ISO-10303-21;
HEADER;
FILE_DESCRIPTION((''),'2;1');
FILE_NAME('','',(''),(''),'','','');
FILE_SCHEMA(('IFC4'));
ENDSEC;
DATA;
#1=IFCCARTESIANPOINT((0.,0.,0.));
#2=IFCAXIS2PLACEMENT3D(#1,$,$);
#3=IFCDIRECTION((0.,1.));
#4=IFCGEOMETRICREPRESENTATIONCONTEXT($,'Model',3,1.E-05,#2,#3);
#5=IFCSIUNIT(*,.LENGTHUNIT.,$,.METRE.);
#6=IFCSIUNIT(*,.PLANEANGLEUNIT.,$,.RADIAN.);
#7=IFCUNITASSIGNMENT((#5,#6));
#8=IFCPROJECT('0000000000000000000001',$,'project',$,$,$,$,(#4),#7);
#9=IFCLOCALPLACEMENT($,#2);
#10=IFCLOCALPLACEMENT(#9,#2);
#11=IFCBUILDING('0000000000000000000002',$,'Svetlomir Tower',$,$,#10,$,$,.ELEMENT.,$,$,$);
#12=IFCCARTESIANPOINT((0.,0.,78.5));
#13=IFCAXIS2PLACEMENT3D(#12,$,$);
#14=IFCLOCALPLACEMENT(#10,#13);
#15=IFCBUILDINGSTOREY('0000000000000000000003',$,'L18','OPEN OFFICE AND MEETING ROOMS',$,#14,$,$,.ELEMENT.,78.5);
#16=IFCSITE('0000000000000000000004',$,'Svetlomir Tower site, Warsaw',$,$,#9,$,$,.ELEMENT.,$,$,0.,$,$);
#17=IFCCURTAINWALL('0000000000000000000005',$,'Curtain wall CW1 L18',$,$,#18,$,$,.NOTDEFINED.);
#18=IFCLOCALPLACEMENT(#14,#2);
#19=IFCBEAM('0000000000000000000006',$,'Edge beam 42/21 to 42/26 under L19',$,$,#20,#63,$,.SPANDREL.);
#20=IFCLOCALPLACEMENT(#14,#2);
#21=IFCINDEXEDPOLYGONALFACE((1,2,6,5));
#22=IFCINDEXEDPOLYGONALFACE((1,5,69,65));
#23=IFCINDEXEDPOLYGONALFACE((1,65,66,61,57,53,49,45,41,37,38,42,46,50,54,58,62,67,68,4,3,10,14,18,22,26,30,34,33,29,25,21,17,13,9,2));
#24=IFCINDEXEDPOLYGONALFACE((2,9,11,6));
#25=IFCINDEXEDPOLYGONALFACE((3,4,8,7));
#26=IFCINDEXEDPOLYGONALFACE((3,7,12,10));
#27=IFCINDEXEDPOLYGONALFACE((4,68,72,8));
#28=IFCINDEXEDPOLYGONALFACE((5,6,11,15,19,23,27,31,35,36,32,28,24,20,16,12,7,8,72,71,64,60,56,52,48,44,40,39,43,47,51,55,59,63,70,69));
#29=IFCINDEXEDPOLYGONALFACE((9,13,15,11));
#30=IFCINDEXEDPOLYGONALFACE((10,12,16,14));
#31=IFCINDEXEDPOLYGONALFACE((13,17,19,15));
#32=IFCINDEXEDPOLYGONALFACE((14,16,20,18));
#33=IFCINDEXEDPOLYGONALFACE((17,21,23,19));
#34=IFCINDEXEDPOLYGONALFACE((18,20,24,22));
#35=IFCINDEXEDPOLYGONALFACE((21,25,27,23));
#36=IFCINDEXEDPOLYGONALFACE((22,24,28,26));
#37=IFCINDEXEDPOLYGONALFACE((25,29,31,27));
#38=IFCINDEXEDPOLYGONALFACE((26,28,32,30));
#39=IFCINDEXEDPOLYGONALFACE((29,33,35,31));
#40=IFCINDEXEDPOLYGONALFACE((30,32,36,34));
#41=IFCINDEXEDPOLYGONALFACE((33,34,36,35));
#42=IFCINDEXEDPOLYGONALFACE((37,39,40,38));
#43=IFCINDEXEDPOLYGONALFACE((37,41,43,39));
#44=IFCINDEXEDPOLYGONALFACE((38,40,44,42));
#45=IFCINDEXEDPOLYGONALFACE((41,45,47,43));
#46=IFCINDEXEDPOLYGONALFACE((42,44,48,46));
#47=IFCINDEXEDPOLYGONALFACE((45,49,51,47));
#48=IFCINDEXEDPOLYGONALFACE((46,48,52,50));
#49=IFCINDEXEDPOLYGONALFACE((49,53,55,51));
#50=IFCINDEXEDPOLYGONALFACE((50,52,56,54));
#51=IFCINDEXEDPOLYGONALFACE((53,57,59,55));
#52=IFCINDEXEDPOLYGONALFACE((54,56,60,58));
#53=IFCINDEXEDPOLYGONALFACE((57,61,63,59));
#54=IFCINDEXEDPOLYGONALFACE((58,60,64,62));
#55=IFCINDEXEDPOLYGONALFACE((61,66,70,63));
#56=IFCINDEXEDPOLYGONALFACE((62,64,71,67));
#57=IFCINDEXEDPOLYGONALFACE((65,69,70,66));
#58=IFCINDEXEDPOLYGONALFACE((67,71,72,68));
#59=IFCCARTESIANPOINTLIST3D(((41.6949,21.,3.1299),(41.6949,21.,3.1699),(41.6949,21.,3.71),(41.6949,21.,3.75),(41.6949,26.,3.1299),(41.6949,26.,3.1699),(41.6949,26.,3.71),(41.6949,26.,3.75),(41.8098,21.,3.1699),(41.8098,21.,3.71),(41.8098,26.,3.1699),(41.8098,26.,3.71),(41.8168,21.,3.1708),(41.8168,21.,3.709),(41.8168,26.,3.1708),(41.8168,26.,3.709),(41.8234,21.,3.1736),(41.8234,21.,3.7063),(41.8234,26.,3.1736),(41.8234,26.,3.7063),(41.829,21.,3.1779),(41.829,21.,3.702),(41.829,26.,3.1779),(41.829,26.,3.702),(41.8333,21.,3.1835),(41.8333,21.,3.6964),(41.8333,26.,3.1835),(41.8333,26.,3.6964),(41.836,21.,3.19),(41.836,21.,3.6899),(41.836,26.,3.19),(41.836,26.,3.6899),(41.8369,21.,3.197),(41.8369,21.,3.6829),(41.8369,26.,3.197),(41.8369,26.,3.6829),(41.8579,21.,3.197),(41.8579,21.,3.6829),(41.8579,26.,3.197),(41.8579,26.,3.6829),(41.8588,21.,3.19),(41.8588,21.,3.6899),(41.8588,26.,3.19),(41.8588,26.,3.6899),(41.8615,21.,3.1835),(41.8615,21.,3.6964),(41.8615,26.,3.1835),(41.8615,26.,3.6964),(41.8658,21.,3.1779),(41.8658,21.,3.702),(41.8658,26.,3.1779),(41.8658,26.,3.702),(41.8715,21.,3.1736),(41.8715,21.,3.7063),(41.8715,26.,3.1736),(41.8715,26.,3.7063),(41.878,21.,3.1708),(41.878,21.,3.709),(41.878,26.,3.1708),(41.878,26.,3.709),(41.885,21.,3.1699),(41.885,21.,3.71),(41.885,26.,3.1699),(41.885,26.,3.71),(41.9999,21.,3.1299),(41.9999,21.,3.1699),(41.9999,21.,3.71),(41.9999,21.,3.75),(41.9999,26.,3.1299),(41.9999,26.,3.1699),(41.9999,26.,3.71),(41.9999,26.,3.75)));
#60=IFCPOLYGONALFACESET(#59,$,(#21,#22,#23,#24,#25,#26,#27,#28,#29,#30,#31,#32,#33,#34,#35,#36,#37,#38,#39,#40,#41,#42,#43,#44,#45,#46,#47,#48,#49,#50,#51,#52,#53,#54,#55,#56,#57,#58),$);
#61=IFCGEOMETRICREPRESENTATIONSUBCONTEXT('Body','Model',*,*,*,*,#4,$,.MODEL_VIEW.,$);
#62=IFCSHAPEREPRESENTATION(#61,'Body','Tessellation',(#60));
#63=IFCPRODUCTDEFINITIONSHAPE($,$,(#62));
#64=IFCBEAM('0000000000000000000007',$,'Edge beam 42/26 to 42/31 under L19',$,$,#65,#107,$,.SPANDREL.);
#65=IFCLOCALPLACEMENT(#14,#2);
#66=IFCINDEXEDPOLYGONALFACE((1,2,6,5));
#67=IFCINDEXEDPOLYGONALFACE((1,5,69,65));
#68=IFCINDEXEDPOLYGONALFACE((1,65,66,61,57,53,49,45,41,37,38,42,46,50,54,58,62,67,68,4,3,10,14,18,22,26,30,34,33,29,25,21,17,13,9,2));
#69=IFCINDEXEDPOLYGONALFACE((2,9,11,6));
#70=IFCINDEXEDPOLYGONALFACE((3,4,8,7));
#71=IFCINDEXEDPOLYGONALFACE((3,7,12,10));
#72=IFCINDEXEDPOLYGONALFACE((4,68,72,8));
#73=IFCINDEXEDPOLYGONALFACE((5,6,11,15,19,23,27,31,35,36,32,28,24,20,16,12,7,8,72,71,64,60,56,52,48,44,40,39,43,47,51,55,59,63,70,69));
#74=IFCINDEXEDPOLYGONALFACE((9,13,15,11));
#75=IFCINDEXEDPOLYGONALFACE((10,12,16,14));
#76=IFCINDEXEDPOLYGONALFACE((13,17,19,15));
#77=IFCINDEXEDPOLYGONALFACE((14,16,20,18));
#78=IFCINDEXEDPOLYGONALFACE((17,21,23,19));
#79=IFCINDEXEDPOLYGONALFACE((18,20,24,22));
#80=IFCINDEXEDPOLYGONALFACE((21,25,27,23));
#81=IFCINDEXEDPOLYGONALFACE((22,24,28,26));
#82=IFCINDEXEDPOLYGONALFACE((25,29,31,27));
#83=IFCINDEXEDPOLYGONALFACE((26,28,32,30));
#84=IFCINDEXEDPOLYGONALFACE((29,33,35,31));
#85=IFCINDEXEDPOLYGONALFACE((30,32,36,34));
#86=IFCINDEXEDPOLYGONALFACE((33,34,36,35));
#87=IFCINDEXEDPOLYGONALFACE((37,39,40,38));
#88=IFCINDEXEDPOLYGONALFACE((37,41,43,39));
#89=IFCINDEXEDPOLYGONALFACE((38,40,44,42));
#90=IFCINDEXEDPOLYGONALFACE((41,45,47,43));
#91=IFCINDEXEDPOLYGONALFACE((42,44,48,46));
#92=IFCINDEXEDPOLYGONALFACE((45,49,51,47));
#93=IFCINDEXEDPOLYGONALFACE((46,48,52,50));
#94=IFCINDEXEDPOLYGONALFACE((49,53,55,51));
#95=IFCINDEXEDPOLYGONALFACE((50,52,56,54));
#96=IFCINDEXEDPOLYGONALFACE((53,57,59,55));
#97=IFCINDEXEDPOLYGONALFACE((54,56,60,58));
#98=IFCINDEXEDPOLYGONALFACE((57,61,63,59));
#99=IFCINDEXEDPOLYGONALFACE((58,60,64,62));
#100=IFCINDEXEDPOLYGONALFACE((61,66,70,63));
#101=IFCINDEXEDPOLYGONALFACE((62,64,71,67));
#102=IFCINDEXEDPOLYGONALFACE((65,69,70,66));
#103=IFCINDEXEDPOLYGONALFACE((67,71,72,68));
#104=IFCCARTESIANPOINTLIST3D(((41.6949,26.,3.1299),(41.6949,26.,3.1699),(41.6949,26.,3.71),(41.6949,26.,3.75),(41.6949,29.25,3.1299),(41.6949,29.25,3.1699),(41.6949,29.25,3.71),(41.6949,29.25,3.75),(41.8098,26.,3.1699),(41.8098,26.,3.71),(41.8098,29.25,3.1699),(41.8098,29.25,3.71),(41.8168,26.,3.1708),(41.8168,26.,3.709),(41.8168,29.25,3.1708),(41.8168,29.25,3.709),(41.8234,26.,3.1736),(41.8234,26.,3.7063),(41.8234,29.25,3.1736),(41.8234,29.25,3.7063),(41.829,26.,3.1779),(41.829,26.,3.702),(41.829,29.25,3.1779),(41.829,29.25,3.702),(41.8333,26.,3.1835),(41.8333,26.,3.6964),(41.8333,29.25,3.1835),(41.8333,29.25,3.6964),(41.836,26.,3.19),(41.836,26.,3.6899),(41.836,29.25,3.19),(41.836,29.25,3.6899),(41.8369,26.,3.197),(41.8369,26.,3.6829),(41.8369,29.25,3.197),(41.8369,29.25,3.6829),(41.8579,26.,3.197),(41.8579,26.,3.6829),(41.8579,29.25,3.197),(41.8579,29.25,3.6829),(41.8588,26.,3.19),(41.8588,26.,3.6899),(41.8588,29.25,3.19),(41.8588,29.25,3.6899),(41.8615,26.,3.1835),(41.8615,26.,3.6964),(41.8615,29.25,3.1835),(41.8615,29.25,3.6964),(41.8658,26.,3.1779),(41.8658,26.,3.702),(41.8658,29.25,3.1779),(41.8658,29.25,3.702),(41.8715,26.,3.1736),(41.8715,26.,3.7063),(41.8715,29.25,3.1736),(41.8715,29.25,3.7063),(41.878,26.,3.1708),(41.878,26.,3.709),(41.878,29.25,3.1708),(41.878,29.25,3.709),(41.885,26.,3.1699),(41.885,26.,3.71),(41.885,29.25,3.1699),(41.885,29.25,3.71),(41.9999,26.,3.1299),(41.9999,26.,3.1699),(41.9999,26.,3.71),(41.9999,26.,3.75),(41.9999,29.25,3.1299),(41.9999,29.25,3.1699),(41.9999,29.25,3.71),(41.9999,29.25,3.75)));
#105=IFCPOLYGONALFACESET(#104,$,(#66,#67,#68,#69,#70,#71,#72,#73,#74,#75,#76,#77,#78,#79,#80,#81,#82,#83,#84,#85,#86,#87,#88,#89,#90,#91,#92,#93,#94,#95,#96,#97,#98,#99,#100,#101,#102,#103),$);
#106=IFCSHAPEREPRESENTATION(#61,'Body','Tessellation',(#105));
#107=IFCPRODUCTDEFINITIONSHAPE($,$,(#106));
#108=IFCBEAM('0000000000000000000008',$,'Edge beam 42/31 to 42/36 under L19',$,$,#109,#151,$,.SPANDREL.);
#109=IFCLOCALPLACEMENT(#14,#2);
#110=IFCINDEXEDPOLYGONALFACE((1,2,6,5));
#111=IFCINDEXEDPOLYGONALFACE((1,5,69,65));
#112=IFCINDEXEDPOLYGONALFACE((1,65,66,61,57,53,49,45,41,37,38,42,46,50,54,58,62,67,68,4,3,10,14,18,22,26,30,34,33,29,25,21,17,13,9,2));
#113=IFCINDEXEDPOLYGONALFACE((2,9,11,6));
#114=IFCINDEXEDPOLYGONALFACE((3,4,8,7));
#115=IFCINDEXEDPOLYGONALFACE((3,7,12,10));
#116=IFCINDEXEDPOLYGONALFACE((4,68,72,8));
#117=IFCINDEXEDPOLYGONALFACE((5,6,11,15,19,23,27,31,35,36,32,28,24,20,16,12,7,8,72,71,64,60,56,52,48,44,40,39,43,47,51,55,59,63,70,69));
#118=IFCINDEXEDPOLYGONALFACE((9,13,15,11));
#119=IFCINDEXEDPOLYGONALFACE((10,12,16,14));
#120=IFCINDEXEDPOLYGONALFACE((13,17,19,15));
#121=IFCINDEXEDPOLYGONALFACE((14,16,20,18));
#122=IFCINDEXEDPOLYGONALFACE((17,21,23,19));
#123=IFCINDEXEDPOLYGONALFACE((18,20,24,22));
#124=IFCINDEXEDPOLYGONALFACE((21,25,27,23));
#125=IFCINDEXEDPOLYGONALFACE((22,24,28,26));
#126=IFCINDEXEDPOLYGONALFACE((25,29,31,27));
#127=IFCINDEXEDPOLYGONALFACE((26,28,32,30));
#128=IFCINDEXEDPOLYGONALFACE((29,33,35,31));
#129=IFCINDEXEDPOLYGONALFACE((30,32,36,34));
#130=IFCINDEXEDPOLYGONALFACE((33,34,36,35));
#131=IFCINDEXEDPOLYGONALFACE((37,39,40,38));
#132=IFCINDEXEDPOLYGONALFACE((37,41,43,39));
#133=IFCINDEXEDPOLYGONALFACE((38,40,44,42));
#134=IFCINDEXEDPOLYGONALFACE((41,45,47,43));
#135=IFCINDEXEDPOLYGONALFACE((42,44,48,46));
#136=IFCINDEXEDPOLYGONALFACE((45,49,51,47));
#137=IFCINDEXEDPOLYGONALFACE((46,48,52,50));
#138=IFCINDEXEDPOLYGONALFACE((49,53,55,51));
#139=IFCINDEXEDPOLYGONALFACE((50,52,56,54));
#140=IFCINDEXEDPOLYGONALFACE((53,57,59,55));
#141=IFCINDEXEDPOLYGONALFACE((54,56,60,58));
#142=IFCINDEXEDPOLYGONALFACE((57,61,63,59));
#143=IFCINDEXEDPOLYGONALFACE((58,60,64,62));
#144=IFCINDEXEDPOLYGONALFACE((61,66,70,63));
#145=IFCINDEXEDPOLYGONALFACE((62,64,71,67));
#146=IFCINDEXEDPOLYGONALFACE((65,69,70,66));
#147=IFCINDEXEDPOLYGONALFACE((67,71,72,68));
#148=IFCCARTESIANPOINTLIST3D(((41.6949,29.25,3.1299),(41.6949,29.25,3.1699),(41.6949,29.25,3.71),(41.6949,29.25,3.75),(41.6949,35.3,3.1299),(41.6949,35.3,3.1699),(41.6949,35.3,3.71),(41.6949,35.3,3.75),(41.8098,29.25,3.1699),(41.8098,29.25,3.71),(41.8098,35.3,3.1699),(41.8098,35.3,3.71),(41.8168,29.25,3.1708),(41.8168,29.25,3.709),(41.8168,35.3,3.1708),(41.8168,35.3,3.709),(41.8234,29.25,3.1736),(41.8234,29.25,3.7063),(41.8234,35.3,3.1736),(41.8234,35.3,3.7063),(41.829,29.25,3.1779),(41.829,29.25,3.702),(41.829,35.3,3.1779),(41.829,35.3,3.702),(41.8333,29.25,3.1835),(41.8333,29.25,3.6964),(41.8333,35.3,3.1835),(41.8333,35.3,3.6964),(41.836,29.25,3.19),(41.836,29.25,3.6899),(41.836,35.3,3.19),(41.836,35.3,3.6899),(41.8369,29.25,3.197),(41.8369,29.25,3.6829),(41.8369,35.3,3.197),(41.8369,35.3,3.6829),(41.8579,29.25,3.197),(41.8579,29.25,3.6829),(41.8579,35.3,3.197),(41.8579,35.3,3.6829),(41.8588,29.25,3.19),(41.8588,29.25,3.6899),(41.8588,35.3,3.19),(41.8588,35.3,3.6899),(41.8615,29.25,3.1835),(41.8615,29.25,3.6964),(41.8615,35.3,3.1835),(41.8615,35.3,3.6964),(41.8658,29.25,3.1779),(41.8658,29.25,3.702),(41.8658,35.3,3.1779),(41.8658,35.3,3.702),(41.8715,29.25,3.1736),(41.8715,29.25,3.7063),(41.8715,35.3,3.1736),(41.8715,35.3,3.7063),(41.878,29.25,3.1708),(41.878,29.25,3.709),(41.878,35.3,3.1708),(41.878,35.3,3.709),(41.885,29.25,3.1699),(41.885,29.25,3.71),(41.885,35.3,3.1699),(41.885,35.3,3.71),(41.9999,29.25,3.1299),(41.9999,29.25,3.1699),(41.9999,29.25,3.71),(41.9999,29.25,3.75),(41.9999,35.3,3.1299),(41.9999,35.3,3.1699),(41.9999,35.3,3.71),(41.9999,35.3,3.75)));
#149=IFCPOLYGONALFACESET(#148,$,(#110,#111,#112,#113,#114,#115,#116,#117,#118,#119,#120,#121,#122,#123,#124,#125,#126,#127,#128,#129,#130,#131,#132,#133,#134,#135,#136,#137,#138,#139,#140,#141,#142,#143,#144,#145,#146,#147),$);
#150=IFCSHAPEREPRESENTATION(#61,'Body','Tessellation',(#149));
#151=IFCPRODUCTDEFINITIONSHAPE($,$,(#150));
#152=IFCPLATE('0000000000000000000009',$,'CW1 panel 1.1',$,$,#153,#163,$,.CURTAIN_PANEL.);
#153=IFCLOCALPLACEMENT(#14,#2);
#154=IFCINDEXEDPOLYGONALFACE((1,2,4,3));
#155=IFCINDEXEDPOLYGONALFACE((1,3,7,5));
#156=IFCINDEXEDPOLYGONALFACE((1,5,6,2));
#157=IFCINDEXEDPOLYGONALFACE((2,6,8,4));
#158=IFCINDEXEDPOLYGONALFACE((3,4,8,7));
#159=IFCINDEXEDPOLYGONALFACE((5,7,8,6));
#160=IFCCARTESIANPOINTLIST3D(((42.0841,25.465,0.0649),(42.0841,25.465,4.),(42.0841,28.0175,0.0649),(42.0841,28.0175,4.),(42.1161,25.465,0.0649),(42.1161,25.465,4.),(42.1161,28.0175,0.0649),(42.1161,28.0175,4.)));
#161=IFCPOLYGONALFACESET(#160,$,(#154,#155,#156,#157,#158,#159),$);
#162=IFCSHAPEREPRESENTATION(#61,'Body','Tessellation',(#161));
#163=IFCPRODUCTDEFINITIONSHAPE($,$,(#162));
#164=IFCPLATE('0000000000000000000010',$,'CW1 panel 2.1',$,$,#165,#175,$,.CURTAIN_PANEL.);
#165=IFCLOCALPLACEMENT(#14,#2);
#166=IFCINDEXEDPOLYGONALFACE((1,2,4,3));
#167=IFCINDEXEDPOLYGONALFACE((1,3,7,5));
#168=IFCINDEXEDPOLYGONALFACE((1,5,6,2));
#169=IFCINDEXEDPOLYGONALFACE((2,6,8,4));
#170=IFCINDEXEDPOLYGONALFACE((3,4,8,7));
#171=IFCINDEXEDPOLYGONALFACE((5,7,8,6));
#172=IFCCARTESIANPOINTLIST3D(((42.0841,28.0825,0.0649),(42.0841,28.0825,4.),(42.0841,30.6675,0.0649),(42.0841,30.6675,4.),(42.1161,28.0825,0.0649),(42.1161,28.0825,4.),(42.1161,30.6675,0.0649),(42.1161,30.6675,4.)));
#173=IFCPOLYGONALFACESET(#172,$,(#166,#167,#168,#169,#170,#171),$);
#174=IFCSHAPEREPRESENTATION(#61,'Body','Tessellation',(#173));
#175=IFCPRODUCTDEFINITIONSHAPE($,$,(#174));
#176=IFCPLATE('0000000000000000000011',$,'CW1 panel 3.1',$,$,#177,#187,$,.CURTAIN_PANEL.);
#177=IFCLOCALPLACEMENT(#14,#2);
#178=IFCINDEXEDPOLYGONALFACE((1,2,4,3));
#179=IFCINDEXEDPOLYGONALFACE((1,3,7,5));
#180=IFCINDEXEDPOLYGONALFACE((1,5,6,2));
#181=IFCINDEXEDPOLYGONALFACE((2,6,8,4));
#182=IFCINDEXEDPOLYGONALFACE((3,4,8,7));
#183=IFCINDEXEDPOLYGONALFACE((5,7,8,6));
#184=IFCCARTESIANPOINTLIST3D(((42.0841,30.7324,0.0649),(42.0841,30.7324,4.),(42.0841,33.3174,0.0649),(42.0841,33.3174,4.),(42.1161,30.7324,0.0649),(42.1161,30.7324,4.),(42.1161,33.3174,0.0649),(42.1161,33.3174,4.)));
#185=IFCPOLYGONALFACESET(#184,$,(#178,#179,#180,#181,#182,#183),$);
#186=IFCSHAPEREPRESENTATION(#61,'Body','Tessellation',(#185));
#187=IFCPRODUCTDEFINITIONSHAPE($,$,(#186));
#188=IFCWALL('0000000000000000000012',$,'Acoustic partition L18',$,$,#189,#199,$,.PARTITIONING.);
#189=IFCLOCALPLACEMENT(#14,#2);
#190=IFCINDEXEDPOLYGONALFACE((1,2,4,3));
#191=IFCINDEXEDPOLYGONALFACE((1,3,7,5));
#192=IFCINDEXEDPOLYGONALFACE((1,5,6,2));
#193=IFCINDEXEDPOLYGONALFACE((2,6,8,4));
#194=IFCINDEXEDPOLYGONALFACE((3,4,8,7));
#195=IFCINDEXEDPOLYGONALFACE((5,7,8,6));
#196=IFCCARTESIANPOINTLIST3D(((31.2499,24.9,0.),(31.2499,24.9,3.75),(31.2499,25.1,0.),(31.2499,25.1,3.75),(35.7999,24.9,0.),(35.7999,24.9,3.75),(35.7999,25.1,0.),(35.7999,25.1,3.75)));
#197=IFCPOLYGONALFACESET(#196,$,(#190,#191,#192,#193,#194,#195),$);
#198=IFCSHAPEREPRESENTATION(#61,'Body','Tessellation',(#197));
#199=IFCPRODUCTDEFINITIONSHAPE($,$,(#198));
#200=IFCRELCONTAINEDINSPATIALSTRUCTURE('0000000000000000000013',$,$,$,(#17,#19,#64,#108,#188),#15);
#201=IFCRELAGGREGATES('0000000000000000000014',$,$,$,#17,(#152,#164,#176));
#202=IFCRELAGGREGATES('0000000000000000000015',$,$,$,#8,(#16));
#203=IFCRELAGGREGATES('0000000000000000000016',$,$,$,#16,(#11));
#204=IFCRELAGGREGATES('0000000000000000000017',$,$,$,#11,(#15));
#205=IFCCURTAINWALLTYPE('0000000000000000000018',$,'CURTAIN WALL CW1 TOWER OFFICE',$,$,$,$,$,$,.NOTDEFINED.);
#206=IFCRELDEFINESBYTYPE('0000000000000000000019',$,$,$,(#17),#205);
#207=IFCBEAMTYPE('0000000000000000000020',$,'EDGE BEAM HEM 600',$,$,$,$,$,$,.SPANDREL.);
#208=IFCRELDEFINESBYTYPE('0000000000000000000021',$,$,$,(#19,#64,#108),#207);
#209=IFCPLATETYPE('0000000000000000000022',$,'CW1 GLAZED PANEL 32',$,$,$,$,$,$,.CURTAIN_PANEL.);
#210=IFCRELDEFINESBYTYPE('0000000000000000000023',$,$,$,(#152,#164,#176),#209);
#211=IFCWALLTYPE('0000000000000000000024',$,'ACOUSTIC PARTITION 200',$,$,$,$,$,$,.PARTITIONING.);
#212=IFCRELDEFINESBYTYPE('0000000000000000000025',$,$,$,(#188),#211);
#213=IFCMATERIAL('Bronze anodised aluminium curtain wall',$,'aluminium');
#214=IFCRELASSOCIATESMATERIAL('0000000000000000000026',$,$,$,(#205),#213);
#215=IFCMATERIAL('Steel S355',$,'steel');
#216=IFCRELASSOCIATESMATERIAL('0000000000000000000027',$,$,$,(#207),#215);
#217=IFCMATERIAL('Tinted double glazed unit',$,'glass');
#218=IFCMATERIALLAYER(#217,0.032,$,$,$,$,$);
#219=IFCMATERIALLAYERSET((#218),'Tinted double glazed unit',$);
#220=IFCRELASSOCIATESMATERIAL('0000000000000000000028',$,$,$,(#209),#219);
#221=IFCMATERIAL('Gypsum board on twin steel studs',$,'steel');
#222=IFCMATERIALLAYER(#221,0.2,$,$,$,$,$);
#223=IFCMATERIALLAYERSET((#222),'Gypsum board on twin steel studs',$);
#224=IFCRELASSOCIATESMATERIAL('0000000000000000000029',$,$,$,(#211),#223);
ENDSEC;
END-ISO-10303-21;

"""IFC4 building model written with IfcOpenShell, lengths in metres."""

from ifc_helpers import new_model, si_unit, direction, frame, frame_2d, origin, origin_2d, place, context, subcontext, project, spatial, rectangle, i_section, extrude, material, layer, layer_set, material_profile, profile_set, type_object, element, aggregate, save


model = new_model("IFC4")

# Units and contexts
model_context = context("Model", 3, precision=1e-05, world=origin(), true_north=direction((0.0, 1.0)))
body_context = subcontext(model_context, "Body", "Model", "MODEL_VIEW")
ifc_project = project(units=[si_unit("LENGTHUNIT", "METRE"), si_unit("PLANEANGLEUNIT", "RADIAN")], contexts=[model_context])

# Site, building, storey
site_placement = place(None, origin())
site = spatial("IfcSite", under=ifc_project, at=site_placement, Name="Svetlomir Tower site, Warsaw", CompositionType="ELEMENT", RefElevation=0.0)
building_placement = place(site_placement, origin())
building = spatial("IfcBuilding", under=site, at=building_placement, Name="Svetlomir Tower", CompositionType="ELEMENT")
storey_placement = place(building_placement, frame((0.0, 0.0, 78.5)))
storey = spatial("IfcBuildingStorey", under=building, at=storey_placement, Name="L18", Description="OPEN OFFICE AND MEETING ROOMS", CompositionType="ELEMENT", Elevation=78.5)

# Shared definitions
ifc_material_1 = material(Name="Bronze anodised aluminium curtain wall", Category="aluminium")
curtain_wall_type = type_object("IfcCurtainWallType", Name="CURTAIN WALL CW1 TOWER OFFICE", PredefinedType="NOTDEFINED", material=ifc_material_1)

# Curtain wall
curtain_wall_1_placement = place(storey_placement, origin())
curtain_wall_1 = element("IfcCurtainWall", 1, at=curtain_wall_1_placement, inside=storey, type_object=curtain_wall_type, Name="Curtain wall CW1 L18", PredefinedType="NOTDEFINED")

# Beams
ifc_material_2 = material(Name="Steel S355", Category="steel")
ifc_material_profile_1 = material_profile(ifc_material_2, i_section(OverallWidth=0.3049, OverallDepth=0.6201, WebThickness=0.021, FlangeThickness=0.04, FilletRadius=0.0271, at=origin_2d()), Name="HEM 600")
ifc_profile_set_1 = profile_set([ifc_material_profile_1], Name="Steel S355")
beam_type_1 = type_object("IfcBeamType", Name="EDGE BEAM HEM 600", PredefinedType="SPANDREL", material=ifc_profile_set_1)
beam_1_placement = place(storey_placement, frame((41.8474, 21.0, 3.4399), z_axis=(0.0, 1.0, 0.0), x_axis=(-1.0, 0.0, 0.0)))
element("IfcBeam", 2, at=beam_1_placement, inside=storey, type_object=beam_type_1, Name="Edge beam 42/21 to 42/26 under L19", PredefinedType="SPANDREL", context=body_context, shape_type="SweptSolid", body=[
    extrude(i_section(OverallWidth=0.3049, OverallDepth=0.6201, WebThickness=0.021, FlangeThickness=0.04, FilletRadius=0.0271, at=origin_2d()), origin(), (0.0, 0.0, 1.0), 5.0),
])
beam_2_placement = place(storey_placement, frame((41.8474, 26.0, 3.4399), z_axis=(0.0, 1.0, 0.0), x_axis=(-1.0, 0.0, 0.0)))
element("IfcBeam", 3, at=beam_2_placement, inside=storey, type_object=beam_type_1, Name="Edge beam 42/26 to 42/31 under L19", PredefinedType="SPANDREL", context=body_context, shape_type="SweptSolid", body=[
    extrude(i_section(OverallWidth=0.3049, OverallDepth=0.6201, WebThickness=0.021, FlangeThickness=0.04, FilletRadius=0.0271, at=origin_2d()), origin(), (0.0, 0.0, 1.0), 3.25),
])
beam_3_placement = place(storey_placement, frame((41.8474, 29.25, 3.4399), z_axis=(0.0, 1.0, 0.0), x_axis=(-1.0, 0.0, 0.0)))
element("IfcBeam", 4, at=beam_3_placement, inside=storey, type_object=beam_type_1, Name="Edge beam 42/31 to 42/36 under L19", PredefinedType="SPANDREL", context=body_context, shape_type="SweptSolid", body=[
    extrude(i_section(OverallWidth=0.3049, OverallDepth=0.6201, WebThickness=0.021, FlangeThickness=0.04, FilletRadius=0.0271, at=origin_2d()), origin(), (0.0, 0.0, 1.0), 6.05),
])

# Plates
ifc_material_3 = material(Name="Tinted double glazed unit", Category="glass")
ifc_layer_1 = layer(ifc_material_3, 0.032)
ifc_layer_set_1 = layer_set([ifc_layer_1], Name="Tinted double glazed unit")
plate_type = type_object("IfcPlateType", Name="CW1 GLAZED PANEL 32", PredefinedType="CURTAIN_PANEL", material=ifc_layer_set_1)
plate_1_placement = place(storey_placement, frame((42.1001, 26.7412, 0.0649), z_axis=(0.0, 0.0, 1.0), x_axis=(0.0, 1.0, 0.0)))
plate_1 = element("IfcPlate", 5, at=plate_1_placement, type_object=plate_type, Name="CW1 panel 1.1", PredefinedType="CURTAIN_PANEL", context=body_context, shape_type="SweptSolid", body=[
    extrude(rectangle(XDim=2.5525, YDim=0.032, at=origin_2d()), origin(), (0.0, 0.0, 1.0), 3.9351),
])
plate_2_placement = place(storey_placement, frame((42.1001, 29.375, 0.0649), z_axis=(0.0, 0.0, 1.0), x_axis=(0.0, 1.0, 0.0)))
plate_2 = element("IfcPlate", 6, at=plate_2_placement, type_object=plate_type, Name="CW1 panel 2.1", PredefinedType="CURTAIN_PANEL", context=body_context, shape_type="SweptSolid", body=[
    extrude(rectangle(XDim=2.585, YDim=0.032, at=origin_2d()), origin(), (0.0, 0.0, 1.0), 3.9351),
])
plate_3_placement = place(storey_placement, frame((42.1001, 32.0249, 0.0649), z_axis=(0.0, 0.0, 1.0), x_axis=(0.0, 1.0, 0.0)))
plate_3 = element("IfcPlate", 7, at=plate_3_placement, type_object=plate_type, Name="CW1 panel 3.1", PredefinedType="CURTAIN_PANEL", context=body_context, shape_type="SweptSolid", body=[
    extrude(rectangle(XDim=2.585, YDim=0.032, at=origin_2d()), origin(), (0.0, 0.0, 1.0), 3.9351),
])
aggregate(curtain_wall_1, [plate_1, plate_2, plate_3])

# Wall
ifc_material_4 = material(Name="Gypsum board on twin steel studs", Category="steel")
ifc_layer_2 = layer(ifc_material_4, 0.2)
ifc_layer_set_2 = layer_set([ifc_layer_2], Name="Gypsum board on twin steel studs")
wall_type_1 = type_object("IfcWallType", Name="ACOUSTIC PARTITION 200", PredefinedType="PARTITIONING", material=ifc_layer_set_2)
wall_1_placement = place(storey_placement, frame((31.25, 25.0, 0.0), z_axis=(0.0, 0.0, 1.0), x_axis=(1.0, 0.0, 0.0)))
element("IfcWall", 8, at=wall_1_placement, inside=storey, type_object=wall_type_1, Name="Acoustic partition L18", PredefinedType="PARTITIONING", context=body_context, shape_type="SweptSolid", body=[
    extrude(rectangle(XDim=4.55, YDim=0.2, at=frame_2d((2.2749, 0.0))), origin(), (0.0, 0.0, 1.0), 3.75),
])

save(model, "model.ifc")
